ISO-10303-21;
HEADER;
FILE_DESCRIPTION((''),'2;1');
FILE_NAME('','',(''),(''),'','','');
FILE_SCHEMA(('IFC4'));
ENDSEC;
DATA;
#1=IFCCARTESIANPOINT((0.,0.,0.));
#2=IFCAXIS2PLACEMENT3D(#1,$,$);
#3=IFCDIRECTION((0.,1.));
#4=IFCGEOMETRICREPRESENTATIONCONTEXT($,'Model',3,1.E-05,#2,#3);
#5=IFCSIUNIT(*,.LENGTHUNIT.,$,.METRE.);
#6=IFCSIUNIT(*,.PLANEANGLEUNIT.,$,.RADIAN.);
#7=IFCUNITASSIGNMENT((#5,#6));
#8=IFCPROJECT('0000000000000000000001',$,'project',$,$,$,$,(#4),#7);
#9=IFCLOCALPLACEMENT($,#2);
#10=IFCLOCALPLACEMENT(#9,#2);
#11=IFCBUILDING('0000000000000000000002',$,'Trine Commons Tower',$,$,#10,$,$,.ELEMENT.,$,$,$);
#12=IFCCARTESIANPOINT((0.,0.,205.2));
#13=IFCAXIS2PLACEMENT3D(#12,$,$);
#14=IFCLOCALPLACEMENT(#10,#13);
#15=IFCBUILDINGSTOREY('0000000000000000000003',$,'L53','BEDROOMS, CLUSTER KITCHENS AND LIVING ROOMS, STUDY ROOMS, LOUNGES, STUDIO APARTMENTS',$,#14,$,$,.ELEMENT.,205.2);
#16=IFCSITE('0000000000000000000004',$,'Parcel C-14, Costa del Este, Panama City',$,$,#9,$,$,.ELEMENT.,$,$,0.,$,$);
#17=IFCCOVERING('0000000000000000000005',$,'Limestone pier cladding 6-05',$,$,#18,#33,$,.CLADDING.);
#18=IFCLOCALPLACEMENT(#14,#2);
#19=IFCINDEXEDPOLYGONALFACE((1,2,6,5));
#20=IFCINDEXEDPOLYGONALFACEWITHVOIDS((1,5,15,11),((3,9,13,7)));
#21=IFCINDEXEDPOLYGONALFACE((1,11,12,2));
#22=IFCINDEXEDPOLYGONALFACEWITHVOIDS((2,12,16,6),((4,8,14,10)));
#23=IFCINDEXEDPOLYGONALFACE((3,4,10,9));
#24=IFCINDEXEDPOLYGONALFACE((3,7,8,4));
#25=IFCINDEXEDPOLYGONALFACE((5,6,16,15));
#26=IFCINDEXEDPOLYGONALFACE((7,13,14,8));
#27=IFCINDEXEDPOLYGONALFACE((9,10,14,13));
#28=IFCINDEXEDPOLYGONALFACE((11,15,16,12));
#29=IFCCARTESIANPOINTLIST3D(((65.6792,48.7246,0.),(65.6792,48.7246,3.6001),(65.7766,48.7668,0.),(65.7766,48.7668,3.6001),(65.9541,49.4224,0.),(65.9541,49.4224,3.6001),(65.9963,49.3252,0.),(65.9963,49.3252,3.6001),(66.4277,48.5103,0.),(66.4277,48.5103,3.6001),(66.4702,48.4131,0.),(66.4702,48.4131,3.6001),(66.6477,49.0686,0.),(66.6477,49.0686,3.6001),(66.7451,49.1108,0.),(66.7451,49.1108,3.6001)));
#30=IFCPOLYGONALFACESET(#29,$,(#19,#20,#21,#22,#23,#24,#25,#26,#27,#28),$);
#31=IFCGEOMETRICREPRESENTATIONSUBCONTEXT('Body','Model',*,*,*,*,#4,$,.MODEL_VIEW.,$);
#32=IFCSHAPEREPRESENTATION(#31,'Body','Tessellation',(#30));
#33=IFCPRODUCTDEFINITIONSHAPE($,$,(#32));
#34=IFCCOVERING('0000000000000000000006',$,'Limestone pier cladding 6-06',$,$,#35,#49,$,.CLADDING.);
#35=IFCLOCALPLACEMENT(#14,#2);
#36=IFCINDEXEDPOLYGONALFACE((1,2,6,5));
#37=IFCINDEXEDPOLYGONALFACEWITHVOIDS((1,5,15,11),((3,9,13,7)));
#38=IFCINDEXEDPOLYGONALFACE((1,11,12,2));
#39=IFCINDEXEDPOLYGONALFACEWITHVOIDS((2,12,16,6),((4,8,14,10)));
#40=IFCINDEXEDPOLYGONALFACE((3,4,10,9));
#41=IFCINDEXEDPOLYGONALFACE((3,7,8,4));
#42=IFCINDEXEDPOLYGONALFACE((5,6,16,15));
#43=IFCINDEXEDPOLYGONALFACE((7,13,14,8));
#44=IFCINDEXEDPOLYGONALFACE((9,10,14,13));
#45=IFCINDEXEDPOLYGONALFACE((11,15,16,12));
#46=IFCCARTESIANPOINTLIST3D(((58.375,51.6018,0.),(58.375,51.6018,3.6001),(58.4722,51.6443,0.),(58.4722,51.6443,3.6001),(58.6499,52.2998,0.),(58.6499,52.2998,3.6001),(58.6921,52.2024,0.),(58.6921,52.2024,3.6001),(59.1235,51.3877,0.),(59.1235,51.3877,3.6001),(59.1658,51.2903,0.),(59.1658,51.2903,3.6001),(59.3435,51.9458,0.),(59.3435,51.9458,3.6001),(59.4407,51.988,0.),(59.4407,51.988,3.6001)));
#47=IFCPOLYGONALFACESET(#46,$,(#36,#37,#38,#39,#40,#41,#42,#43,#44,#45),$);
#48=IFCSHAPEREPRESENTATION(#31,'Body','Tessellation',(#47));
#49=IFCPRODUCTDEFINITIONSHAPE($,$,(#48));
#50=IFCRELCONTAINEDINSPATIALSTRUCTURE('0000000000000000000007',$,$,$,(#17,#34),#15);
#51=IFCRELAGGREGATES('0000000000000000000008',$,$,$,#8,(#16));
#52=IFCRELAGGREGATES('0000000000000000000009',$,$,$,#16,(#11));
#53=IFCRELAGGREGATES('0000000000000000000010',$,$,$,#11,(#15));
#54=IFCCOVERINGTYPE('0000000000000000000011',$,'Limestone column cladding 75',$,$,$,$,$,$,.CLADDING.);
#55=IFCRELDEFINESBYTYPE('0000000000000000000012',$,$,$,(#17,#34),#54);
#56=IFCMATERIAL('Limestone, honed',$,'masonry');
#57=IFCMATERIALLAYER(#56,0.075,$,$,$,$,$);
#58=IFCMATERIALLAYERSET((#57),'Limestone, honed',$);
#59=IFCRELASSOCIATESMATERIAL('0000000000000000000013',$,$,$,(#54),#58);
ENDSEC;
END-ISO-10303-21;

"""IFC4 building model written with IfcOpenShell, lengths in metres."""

from ifc_helpers import new_model, si_unit, direction, frame, origin, place, context, subcontext, project, spatial, polyline, outline, extrude, material, layer, layer_set, type_object, element, save


model = new_model("IFC4")

# Units and contexts
model_context = context("Model", 3, precision=1e-05, world=origin(), true_north=direction((0.0, 1.0)))
body_context = subcontext(model_context, "Body", "Model", "MODEL_VIEW")
ifc_project = project(units=[si_unit("LENGTHUNIT", "METRE"), si_unit("PLANEANGLEUNIT", "RADIAN")], contexts=[model_context])

# Site, building, storey
site_placement = place(None, origin())
site = spatial("IfcSite", under=ifc_project, at=site_placement, Name="Parcel C-14, Costa del Este, Panama City", CompositionType="ELEMENT", RefElevation=0.0)
building_placement = place(site_placement, origin())
building = spatial("IfcBuilding", under=site, at=building_placement, Name="Trine Commons Tower", CompositionType="ELEMENT")
storey_placement = place(building_placement, frame((0.0, 0.0, 205.2)))
storey = spatial("IfcBuildingStorey", under=building, at=storey_placement, Name="L53", Description="BEDROOMS, CLUSTER KITCHENS AND LIVING ROOMS, STUDY ROOMS, LOUNGES, STUDIO APARTMENTS", CompositionType="ELEMENT", Elevation=205.2)

# Coverings
ifc_material_1 = material(Name="Limestone, honed", Category="masonry")
ifc_layer_1 = layer(ifc_material_1, 0.075)
ifc_layer_set_1 = layer_set([ifc_layer_1], Name="Limestone, honed")
covering_type_1 = type_object("IfcCoveringType", Name="Limestone column cladding 75", PredefinedType="CLADDING", material=ifc_layer_set_1)
covering_1_placement = place(storey_placement, origin())
element("IfcCovering", 1, at=covering_1_placement, inside=storey, type_object=covering_type_1, Name="Limestone pier cladding 6-05", PredefinedType="CLADDING", context=body_context, shape_type="SweptSolid", body=[
    extrude(outline(polyline([(65.9541, 49.4224), (65.6792, 48.7246), (66.4702, 48.4131), (66.7451, 49.1108), (65.9541, 49.4224)]), holes=[polyline([(65.9963, 49.3252), (65.7766, 48.7668), (66.4277, 48.5103), (66.6477, 49.0686), (65.9963, 49.3252)])]), origin(), (0.0, 0.0, 1.0), 3.6001),
])
covering_2_placement = place(storey_placement, origin())
element("IfcCovering", 2, at=covering_2_placement, inside=storey, type_object=covering_type_1, Name="Limestone pier cladding 6-06", PredefinedType="CLADDING", context=body_context, shape_type="SweptSolid", body=[
    extrude(outline(polyline([(58.6499, 52.2998), (58.375, 51.6018), (59.1658, 51.2903), (59.4407, 51.988), (58.6499, 52.2998)]), holes=[polyline([(58.6921, 52.2024), (58.4722, 51.6443), (59.1235, 51.3877), (59.3435, 51.9458), (58.6921, 52.2024)])]), origin(), (0.0, 0.0, 1.0), 3.6001),
])

save(model, "model.ifc")
